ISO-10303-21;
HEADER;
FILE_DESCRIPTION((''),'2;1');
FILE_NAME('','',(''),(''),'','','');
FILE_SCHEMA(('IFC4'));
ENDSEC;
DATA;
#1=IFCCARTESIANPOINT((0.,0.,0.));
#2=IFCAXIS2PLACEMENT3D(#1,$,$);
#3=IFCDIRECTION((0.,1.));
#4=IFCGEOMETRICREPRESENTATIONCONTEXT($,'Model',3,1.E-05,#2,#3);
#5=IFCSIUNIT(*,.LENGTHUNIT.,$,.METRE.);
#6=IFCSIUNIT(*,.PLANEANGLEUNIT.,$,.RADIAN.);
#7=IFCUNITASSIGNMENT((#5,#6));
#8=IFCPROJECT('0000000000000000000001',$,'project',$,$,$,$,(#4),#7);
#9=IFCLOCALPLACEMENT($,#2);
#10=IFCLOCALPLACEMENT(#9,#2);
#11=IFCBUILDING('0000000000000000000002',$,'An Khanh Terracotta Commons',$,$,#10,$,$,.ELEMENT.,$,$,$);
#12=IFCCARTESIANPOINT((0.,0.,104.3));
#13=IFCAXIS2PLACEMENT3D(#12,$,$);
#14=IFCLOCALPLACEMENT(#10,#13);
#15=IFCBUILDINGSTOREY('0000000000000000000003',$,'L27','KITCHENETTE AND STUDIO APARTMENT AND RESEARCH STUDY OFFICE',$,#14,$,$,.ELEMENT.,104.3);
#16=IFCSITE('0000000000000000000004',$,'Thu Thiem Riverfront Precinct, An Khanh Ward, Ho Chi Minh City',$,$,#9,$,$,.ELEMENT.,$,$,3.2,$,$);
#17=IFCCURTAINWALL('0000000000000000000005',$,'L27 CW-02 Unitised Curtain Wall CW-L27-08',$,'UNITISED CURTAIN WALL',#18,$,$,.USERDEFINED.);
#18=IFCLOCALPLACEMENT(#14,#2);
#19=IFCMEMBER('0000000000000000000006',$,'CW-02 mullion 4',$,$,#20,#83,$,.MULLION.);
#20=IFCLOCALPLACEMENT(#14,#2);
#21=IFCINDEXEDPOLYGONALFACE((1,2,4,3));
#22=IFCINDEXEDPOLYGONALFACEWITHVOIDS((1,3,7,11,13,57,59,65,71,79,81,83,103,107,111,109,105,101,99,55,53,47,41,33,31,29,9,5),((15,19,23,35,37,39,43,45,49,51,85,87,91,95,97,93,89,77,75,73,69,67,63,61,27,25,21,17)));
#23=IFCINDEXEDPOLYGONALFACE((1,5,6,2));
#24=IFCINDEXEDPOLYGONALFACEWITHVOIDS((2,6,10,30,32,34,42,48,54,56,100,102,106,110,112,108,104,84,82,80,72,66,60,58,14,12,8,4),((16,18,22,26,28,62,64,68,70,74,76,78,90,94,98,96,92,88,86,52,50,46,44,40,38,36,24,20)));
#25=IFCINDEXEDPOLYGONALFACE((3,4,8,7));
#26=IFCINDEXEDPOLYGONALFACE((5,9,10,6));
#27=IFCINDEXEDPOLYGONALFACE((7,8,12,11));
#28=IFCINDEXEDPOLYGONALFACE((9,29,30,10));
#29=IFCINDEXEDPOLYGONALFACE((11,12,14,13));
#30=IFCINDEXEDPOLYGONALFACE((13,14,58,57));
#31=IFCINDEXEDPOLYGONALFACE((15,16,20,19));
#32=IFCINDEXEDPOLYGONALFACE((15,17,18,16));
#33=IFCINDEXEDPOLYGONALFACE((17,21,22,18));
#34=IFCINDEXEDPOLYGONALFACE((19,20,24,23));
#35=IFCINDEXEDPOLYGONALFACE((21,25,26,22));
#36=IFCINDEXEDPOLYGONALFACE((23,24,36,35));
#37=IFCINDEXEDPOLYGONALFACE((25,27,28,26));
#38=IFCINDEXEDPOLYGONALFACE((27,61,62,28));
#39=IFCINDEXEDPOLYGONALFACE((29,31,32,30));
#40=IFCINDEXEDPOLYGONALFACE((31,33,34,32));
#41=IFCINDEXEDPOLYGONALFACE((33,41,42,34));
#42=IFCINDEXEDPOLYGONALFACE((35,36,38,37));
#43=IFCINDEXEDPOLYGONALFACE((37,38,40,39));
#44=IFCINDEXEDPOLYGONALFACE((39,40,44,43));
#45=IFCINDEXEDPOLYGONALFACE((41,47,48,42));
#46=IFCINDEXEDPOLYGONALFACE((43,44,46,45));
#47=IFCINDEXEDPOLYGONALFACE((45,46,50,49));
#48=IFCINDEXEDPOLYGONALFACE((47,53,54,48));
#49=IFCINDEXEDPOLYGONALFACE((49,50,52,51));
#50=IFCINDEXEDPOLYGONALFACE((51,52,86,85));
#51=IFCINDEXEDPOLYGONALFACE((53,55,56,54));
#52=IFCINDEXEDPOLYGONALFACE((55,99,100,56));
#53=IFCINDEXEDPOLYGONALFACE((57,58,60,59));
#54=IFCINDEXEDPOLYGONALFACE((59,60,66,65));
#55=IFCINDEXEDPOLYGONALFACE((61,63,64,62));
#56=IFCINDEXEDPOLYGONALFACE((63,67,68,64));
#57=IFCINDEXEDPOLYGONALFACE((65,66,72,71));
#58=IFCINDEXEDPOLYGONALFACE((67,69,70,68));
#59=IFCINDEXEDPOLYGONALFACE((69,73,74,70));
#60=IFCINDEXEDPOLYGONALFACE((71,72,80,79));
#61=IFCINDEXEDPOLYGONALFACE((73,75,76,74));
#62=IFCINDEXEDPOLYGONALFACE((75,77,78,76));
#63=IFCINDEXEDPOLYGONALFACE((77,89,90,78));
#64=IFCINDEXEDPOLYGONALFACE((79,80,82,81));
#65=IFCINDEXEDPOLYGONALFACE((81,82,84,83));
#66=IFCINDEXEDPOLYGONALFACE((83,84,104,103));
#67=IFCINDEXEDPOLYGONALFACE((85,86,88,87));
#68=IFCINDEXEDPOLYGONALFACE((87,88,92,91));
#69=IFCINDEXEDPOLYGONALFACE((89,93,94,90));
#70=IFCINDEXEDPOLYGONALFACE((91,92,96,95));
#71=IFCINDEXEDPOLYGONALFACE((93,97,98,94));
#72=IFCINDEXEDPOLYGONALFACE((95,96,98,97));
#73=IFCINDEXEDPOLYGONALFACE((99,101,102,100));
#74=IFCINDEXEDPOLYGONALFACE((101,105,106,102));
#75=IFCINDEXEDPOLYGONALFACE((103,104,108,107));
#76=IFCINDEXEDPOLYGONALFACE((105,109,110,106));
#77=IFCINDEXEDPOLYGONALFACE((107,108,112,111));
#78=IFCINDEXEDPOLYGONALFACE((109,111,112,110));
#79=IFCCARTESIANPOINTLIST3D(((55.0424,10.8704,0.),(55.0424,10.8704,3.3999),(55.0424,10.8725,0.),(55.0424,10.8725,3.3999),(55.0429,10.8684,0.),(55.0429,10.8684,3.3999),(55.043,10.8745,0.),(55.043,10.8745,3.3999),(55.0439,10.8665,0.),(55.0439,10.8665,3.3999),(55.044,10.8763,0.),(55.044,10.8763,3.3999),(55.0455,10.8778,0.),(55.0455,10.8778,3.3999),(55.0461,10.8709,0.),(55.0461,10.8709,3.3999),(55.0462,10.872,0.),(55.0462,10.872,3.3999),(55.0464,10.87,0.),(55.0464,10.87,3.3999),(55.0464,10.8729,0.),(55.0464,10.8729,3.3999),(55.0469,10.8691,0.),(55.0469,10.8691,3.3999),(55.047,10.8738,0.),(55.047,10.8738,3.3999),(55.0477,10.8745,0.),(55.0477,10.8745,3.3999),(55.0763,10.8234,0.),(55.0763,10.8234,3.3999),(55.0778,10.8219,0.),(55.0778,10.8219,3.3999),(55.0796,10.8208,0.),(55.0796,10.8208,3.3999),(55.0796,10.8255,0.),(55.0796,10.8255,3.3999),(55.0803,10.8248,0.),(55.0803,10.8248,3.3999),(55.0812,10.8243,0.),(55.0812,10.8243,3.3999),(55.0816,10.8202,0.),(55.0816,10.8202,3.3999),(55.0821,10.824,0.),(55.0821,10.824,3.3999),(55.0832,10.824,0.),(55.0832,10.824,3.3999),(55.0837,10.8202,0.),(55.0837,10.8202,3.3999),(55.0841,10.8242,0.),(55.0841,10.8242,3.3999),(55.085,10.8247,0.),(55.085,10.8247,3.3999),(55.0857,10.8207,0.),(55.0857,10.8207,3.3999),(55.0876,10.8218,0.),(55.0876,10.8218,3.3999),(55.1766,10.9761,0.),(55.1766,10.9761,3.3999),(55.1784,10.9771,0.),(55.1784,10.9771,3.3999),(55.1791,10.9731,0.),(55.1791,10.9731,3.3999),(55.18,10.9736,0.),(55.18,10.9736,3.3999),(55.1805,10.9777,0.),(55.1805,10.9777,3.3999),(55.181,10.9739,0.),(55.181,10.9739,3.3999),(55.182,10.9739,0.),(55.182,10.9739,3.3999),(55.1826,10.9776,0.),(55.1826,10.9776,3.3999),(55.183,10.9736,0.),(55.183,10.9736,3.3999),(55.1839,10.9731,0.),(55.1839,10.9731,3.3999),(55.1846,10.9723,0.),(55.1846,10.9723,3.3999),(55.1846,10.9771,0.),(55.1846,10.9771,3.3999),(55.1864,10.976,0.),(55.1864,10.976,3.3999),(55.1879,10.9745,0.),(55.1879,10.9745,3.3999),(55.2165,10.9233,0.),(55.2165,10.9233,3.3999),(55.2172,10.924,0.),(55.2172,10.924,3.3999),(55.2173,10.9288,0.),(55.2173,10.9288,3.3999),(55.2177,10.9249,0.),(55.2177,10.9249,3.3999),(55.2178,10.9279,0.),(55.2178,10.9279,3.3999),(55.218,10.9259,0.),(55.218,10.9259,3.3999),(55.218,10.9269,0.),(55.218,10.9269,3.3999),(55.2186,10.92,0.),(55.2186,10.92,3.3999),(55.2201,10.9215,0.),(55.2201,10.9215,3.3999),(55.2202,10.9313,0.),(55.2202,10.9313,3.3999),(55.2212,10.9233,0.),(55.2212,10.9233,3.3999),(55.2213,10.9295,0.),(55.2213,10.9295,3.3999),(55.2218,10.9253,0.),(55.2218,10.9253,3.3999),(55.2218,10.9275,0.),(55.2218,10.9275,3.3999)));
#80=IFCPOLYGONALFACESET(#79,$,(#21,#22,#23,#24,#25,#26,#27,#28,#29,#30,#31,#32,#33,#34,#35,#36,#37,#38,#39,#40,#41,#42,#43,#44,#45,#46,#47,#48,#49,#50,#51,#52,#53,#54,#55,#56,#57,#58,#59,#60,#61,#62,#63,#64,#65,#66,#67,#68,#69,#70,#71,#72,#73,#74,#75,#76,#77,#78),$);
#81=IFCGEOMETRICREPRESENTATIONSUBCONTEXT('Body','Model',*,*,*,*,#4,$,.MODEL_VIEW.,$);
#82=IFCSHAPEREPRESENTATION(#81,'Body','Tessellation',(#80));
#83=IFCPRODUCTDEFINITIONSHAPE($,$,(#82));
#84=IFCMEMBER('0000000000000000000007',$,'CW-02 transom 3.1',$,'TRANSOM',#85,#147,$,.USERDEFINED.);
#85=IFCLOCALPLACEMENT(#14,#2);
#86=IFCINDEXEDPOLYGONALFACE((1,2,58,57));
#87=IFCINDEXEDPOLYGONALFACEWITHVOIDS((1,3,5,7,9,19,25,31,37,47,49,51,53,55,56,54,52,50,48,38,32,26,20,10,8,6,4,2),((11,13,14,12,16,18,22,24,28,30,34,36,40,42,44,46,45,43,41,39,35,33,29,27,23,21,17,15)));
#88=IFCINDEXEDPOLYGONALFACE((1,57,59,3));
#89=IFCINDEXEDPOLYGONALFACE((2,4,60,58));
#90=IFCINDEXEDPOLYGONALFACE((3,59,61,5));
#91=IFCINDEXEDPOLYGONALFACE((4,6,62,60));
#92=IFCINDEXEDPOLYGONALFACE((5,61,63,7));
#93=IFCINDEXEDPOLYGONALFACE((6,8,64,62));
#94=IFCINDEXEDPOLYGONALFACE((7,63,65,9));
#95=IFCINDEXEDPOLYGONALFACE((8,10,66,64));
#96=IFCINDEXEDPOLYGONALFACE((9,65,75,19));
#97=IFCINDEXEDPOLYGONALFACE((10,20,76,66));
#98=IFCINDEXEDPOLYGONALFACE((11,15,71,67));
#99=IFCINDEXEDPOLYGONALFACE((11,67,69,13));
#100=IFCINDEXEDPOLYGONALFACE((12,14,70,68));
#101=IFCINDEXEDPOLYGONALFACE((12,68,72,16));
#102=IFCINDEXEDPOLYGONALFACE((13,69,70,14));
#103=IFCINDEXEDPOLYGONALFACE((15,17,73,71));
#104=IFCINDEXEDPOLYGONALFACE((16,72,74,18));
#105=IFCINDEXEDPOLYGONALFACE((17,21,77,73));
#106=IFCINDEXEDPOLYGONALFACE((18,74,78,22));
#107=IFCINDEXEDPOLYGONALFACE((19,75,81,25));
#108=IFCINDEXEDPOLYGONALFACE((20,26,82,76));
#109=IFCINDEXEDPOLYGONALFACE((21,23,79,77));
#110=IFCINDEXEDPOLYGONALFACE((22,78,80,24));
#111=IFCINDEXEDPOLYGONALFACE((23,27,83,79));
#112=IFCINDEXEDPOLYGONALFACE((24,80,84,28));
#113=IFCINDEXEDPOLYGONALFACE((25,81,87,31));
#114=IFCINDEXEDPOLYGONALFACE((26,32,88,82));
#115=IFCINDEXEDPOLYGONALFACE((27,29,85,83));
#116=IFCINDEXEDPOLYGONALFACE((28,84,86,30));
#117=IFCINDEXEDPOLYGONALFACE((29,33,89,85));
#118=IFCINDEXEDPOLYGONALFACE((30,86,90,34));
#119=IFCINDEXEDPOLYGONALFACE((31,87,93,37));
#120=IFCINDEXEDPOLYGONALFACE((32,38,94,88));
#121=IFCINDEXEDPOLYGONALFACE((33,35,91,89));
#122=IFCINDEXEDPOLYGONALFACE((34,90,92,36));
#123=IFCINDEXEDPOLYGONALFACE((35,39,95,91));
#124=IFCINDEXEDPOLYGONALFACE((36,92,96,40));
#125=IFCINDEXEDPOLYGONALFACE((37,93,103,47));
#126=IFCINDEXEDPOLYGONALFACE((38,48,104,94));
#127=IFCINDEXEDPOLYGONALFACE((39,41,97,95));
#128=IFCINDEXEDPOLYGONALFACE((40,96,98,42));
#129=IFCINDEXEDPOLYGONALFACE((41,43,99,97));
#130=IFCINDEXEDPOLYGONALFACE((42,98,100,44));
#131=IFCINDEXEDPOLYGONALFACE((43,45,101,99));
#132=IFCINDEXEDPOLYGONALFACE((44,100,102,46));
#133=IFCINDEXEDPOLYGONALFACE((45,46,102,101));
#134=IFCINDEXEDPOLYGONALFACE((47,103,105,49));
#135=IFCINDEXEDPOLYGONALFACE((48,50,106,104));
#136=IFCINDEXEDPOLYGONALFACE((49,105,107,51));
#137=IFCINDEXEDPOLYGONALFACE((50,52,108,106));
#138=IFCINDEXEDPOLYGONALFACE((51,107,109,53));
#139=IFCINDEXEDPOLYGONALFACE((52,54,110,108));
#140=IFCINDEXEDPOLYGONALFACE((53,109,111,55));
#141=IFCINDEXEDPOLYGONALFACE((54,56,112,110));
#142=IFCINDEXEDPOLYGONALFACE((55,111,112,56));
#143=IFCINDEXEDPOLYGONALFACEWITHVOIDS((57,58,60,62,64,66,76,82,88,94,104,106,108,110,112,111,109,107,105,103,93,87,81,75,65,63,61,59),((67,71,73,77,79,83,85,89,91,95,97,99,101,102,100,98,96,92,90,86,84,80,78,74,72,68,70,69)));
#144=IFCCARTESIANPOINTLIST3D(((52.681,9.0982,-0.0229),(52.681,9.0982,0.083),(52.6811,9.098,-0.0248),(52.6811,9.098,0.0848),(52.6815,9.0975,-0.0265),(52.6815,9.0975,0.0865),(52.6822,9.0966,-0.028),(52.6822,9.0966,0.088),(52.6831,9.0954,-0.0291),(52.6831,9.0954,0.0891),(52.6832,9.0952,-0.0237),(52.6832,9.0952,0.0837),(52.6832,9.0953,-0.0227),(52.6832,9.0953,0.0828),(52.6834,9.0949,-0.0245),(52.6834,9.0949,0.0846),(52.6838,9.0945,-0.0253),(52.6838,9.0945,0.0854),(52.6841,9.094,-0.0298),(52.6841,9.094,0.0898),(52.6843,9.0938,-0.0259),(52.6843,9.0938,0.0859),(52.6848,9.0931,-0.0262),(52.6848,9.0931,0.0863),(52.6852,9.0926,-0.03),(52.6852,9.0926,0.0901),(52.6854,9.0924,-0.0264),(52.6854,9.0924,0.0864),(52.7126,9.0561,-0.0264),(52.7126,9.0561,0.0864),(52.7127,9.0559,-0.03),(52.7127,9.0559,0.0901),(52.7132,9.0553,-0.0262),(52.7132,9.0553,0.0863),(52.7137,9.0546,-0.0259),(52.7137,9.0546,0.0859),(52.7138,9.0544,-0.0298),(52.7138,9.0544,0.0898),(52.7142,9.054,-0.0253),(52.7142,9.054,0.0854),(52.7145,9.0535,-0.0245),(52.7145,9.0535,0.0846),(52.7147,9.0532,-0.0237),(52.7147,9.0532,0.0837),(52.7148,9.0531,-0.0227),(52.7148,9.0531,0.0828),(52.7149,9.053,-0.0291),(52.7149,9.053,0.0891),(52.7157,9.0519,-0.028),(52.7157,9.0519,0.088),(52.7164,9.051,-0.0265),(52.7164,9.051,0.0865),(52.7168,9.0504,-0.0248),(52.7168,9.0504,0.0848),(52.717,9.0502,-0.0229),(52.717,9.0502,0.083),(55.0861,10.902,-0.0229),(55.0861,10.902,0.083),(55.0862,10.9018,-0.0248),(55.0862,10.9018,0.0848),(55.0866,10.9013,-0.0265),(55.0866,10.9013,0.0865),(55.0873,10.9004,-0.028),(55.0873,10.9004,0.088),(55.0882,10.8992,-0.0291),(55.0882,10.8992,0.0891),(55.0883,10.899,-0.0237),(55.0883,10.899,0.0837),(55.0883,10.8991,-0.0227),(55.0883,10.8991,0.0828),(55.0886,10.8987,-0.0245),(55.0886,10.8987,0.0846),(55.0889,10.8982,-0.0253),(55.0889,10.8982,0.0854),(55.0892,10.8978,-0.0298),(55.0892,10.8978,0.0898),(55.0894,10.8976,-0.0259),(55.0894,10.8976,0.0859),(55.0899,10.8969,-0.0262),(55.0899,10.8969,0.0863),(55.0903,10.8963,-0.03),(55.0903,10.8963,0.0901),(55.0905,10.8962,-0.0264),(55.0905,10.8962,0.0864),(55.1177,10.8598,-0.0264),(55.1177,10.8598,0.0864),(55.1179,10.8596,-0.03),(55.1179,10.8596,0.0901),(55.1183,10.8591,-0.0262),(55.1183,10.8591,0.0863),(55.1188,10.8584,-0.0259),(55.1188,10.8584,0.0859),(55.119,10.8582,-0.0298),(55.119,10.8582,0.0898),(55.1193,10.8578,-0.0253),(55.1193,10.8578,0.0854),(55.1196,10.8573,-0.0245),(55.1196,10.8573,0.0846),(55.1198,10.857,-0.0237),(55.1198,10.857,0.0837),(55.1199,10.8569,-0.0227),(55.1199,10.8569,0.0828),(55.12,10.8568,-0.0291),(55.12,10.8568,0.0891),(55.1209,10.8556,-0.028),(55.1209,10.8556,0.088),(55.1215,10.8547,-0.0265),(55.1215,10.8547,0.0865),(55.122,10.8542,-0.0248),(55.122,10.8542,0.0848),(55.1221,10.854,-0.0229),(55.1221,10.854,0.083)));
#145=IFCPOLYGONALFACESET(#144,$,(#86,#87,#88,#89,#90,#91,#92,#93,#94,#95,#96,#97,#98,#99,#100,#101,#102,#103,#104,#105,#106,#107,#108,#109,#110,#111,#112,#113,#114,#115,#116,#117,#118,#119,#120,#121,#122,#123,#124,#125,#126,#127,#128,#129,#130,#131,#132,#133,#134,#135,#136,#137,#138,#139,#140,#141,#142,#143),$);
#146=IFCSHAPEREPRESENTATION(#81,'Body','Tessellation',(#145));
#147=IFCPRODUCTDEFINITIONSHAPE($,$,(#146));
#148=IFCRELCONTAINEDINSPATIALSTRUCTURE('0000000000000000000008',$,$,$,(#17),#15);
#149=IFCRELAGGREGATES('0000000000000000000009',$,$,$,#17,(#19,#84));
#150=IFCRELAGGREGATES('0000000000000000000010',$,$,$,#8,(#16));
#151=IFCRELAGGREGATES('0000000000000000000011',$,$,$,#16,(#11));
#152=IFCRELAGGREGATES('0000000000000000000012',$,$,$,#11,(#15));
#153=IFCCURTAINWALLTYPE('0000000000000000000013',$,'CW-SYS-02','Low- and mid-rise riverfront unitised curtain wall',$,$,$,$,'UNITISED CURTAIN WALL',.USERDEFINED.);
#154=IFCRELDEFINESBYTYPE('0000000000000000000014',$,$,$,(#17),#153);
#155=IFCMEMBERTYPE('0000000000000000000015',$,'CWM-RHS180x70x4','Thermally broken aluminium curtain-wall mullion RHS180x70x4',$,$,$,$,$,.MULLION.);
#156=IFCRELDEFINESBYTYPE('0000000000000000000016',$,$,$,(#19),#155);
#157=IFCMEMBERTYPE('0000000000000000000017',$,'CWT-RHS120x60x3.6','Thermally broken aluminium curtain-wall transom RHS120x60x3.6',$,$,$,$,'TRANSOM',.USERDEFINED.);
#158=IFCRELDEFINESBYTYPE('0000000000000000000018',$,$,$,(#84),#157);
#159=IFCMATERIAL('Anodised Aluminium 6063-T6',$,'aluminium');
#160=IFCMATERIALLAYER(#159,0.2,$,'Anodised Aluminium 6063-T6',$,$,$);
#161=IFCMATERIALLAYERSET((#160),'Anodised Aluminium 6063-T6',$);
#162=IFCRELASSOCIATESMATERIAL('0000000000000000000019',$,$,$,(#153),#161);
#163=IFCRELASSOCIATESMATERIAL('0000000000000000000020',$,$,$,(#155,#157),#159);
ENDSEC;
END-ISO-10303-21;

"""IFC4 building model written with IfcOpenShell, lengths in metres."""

from ifc_helpers import new_model, si_unit, direction, frame, origin, origin_2d, place, context, subcontext, project, spatial, hollow_rectangle, extrude, material, layer, layer_set, material_profile, profile_set, type_object, element, aggregate, save


model = new_model("IFC4")

# Units and contexts
model_context = context("Model", 3, precision=1e-05, world=origin(), true_north=direction((0.0, 1.0)))
body_context = subcontext(model_context, "Body", "Model", "MODEL_VIEW")
ifc_project = project(units=[si_unit("LENGTHUNIT", "METRE"), si_unit("PLANEANGLEUNIT", "RADIAN")], contexts=[model_context])

# Site, building, storey
site_placement = place(None, origin())
site = spatial("IfcSite", under=ifc_project, at=site_placement, Name="Thu Thiem Riverfront Precinct, An Khanh Ward, Ho Chi Minh City", CompositionType="ELEMENT", RefElevation=3.2)
building_placement = place(site_placement, origin())
building = spatial("IfcBuilding", under=site, at=building_placement, Name="An Khanh Terracotta Commons", CompositionType="ELEMENT")
storey_placement = place(building_placement, frame((0.0, 0.0, 104.3)))
storey = spatial("IfcBuildingStorey", under=building, at=storey_placement, Name="L27", Description="KITCHENETTE AND STUDIO APARTMENT AND RESEARCH STUDY OFFICE", CompositionType="ELEMENT", Elevation=104.3)

# Curtain wall, members
ifc_material_1 = material(Name="Anodised Aluminium 6063-T6", Category="aluminium")
ifc_layer_1 = layer(ifc_material_1, 0.2, Name="Anodised Aluminium 6063-T6")
ifc_layer_set_1 = layer_set([ifc_layer_1], Name="Anodised Aluminium 6063-T6")
curtain_wall_type_1 = type_object("IfcCurtainWallType", Name="CW-SYS-02", Description="Low- and mid-rise riverfront unitised curtain wall", ElementType="UNITISED CURTAIN WALL", PredefinedType="USERDEFINED", material=ifc_layer_set_1)
curtain_wall_1_placement = place(storey_placement, origin())
curtain_wall_1 = element("IfcCurtainWall", 1, at=curtain_wall_1_placement, inside=storey, type_object=curtain_wall_type_1, Name="L27 CW-02 Unitised Curtain Wall CW-L27-08", ObjectType="UNITISED CURTAIN WALL", PredefinedType="USERDEFINED")
ifc_material_profile_1 = material_profile(ifc_material_1, hollow_rectangle(XDim=0.0701, YDim=0.1799, WallThickness=0.0039, InnerFilletRadius=0.0039, OuterFilletRadius=0.0081, at=origin_2d()), Name="RHS180x70x4")
ifc_profile_set_1 = profile_set([ifc_material_profile_1], Name="Anodised Aluminium 6063-T6")
member_type_1 = type_object("IfcMemberType", Name="CWM-RHS180x70x4", Description="Thermally broken aluminium curtain-wall mullion RHS180x70x4", PredefinedType="MULLION", material=ifc_profile_set_1)
member_1_placement = place(storey_placement, frame((55.1321, 10.8989, 0.0), z_axis=(0.0, 0.0, 1.0), x_axis=(-0.599983, 0.800013, 0.0)))
member_1 = element("IfcMember", 2, at=member_1_placement, type_object=member_type_1, Name="CW-02 mullion 4", PredefinedType="MULLION", context=body_context, shape_type="SweptSolid", body=[
    extrude(hollow_rectangle(XDim=0.0701, YDim=0.1799, WallThickness=0.0039, InnerFilletRadius=0.0039, OuterFilletRadius=0.0081, at=origin_2d()), origin(), (0.0, 0.0, 1.0), 3.3999),
])
ifc_material_profile_2 = material_profile(ifc_material_1, hollow_rectangle(XDim=0.0601, YDim=0.1201, WallThickness=0.0037, InnerFilletRadius=0.0037, OuterFilletRadius=0.0071, at=origin_2d()), Name="RHS120x60x3.6")
ifc_profile_set_2 = profile_set([ifc_material_profile_2], Name="Anodised Aluminium 6063-T6")
member_type_2 = type_object("IfcMemberType", Name="CWT-RHS120x60x3.6", Description="Thermally broken aluminium curtain-wall transom RHS120x60x3.6", ElementType="TRANSOM", PredefinedType="USERDEFINED", material=ifc_profile_set_2)
member_2_placement = place(storey_placement, frame((52.699, 9.0742, 0.03), z_axis=(0.80001, 0.599987, 0.0), x_axis=(-0.599987, 0.80001, 0.0)))
member_2 = element("IfcMember", 3, at=member_2_placement, type_object=member_type_2, Name="CW-02 transom 3.1", ObjectType="TRANSOM", PredefinedType="USERDEFINED", context=body_context, shape_type="SweptSolid", body=[
    extrude(hollow_rectangle(XDim=0.0601, YDim=0.1201, WallThickness=0.0037, InnerFilletRadius=0.0037, OuterFilletRadius=0.0071, at=origin_2d()), origin(), (0.0, 0.0, 1.0), 3.0063),
])

aggregate(curtain_wall_1, [member_1, member_2])

save(model, "model.ifc")
